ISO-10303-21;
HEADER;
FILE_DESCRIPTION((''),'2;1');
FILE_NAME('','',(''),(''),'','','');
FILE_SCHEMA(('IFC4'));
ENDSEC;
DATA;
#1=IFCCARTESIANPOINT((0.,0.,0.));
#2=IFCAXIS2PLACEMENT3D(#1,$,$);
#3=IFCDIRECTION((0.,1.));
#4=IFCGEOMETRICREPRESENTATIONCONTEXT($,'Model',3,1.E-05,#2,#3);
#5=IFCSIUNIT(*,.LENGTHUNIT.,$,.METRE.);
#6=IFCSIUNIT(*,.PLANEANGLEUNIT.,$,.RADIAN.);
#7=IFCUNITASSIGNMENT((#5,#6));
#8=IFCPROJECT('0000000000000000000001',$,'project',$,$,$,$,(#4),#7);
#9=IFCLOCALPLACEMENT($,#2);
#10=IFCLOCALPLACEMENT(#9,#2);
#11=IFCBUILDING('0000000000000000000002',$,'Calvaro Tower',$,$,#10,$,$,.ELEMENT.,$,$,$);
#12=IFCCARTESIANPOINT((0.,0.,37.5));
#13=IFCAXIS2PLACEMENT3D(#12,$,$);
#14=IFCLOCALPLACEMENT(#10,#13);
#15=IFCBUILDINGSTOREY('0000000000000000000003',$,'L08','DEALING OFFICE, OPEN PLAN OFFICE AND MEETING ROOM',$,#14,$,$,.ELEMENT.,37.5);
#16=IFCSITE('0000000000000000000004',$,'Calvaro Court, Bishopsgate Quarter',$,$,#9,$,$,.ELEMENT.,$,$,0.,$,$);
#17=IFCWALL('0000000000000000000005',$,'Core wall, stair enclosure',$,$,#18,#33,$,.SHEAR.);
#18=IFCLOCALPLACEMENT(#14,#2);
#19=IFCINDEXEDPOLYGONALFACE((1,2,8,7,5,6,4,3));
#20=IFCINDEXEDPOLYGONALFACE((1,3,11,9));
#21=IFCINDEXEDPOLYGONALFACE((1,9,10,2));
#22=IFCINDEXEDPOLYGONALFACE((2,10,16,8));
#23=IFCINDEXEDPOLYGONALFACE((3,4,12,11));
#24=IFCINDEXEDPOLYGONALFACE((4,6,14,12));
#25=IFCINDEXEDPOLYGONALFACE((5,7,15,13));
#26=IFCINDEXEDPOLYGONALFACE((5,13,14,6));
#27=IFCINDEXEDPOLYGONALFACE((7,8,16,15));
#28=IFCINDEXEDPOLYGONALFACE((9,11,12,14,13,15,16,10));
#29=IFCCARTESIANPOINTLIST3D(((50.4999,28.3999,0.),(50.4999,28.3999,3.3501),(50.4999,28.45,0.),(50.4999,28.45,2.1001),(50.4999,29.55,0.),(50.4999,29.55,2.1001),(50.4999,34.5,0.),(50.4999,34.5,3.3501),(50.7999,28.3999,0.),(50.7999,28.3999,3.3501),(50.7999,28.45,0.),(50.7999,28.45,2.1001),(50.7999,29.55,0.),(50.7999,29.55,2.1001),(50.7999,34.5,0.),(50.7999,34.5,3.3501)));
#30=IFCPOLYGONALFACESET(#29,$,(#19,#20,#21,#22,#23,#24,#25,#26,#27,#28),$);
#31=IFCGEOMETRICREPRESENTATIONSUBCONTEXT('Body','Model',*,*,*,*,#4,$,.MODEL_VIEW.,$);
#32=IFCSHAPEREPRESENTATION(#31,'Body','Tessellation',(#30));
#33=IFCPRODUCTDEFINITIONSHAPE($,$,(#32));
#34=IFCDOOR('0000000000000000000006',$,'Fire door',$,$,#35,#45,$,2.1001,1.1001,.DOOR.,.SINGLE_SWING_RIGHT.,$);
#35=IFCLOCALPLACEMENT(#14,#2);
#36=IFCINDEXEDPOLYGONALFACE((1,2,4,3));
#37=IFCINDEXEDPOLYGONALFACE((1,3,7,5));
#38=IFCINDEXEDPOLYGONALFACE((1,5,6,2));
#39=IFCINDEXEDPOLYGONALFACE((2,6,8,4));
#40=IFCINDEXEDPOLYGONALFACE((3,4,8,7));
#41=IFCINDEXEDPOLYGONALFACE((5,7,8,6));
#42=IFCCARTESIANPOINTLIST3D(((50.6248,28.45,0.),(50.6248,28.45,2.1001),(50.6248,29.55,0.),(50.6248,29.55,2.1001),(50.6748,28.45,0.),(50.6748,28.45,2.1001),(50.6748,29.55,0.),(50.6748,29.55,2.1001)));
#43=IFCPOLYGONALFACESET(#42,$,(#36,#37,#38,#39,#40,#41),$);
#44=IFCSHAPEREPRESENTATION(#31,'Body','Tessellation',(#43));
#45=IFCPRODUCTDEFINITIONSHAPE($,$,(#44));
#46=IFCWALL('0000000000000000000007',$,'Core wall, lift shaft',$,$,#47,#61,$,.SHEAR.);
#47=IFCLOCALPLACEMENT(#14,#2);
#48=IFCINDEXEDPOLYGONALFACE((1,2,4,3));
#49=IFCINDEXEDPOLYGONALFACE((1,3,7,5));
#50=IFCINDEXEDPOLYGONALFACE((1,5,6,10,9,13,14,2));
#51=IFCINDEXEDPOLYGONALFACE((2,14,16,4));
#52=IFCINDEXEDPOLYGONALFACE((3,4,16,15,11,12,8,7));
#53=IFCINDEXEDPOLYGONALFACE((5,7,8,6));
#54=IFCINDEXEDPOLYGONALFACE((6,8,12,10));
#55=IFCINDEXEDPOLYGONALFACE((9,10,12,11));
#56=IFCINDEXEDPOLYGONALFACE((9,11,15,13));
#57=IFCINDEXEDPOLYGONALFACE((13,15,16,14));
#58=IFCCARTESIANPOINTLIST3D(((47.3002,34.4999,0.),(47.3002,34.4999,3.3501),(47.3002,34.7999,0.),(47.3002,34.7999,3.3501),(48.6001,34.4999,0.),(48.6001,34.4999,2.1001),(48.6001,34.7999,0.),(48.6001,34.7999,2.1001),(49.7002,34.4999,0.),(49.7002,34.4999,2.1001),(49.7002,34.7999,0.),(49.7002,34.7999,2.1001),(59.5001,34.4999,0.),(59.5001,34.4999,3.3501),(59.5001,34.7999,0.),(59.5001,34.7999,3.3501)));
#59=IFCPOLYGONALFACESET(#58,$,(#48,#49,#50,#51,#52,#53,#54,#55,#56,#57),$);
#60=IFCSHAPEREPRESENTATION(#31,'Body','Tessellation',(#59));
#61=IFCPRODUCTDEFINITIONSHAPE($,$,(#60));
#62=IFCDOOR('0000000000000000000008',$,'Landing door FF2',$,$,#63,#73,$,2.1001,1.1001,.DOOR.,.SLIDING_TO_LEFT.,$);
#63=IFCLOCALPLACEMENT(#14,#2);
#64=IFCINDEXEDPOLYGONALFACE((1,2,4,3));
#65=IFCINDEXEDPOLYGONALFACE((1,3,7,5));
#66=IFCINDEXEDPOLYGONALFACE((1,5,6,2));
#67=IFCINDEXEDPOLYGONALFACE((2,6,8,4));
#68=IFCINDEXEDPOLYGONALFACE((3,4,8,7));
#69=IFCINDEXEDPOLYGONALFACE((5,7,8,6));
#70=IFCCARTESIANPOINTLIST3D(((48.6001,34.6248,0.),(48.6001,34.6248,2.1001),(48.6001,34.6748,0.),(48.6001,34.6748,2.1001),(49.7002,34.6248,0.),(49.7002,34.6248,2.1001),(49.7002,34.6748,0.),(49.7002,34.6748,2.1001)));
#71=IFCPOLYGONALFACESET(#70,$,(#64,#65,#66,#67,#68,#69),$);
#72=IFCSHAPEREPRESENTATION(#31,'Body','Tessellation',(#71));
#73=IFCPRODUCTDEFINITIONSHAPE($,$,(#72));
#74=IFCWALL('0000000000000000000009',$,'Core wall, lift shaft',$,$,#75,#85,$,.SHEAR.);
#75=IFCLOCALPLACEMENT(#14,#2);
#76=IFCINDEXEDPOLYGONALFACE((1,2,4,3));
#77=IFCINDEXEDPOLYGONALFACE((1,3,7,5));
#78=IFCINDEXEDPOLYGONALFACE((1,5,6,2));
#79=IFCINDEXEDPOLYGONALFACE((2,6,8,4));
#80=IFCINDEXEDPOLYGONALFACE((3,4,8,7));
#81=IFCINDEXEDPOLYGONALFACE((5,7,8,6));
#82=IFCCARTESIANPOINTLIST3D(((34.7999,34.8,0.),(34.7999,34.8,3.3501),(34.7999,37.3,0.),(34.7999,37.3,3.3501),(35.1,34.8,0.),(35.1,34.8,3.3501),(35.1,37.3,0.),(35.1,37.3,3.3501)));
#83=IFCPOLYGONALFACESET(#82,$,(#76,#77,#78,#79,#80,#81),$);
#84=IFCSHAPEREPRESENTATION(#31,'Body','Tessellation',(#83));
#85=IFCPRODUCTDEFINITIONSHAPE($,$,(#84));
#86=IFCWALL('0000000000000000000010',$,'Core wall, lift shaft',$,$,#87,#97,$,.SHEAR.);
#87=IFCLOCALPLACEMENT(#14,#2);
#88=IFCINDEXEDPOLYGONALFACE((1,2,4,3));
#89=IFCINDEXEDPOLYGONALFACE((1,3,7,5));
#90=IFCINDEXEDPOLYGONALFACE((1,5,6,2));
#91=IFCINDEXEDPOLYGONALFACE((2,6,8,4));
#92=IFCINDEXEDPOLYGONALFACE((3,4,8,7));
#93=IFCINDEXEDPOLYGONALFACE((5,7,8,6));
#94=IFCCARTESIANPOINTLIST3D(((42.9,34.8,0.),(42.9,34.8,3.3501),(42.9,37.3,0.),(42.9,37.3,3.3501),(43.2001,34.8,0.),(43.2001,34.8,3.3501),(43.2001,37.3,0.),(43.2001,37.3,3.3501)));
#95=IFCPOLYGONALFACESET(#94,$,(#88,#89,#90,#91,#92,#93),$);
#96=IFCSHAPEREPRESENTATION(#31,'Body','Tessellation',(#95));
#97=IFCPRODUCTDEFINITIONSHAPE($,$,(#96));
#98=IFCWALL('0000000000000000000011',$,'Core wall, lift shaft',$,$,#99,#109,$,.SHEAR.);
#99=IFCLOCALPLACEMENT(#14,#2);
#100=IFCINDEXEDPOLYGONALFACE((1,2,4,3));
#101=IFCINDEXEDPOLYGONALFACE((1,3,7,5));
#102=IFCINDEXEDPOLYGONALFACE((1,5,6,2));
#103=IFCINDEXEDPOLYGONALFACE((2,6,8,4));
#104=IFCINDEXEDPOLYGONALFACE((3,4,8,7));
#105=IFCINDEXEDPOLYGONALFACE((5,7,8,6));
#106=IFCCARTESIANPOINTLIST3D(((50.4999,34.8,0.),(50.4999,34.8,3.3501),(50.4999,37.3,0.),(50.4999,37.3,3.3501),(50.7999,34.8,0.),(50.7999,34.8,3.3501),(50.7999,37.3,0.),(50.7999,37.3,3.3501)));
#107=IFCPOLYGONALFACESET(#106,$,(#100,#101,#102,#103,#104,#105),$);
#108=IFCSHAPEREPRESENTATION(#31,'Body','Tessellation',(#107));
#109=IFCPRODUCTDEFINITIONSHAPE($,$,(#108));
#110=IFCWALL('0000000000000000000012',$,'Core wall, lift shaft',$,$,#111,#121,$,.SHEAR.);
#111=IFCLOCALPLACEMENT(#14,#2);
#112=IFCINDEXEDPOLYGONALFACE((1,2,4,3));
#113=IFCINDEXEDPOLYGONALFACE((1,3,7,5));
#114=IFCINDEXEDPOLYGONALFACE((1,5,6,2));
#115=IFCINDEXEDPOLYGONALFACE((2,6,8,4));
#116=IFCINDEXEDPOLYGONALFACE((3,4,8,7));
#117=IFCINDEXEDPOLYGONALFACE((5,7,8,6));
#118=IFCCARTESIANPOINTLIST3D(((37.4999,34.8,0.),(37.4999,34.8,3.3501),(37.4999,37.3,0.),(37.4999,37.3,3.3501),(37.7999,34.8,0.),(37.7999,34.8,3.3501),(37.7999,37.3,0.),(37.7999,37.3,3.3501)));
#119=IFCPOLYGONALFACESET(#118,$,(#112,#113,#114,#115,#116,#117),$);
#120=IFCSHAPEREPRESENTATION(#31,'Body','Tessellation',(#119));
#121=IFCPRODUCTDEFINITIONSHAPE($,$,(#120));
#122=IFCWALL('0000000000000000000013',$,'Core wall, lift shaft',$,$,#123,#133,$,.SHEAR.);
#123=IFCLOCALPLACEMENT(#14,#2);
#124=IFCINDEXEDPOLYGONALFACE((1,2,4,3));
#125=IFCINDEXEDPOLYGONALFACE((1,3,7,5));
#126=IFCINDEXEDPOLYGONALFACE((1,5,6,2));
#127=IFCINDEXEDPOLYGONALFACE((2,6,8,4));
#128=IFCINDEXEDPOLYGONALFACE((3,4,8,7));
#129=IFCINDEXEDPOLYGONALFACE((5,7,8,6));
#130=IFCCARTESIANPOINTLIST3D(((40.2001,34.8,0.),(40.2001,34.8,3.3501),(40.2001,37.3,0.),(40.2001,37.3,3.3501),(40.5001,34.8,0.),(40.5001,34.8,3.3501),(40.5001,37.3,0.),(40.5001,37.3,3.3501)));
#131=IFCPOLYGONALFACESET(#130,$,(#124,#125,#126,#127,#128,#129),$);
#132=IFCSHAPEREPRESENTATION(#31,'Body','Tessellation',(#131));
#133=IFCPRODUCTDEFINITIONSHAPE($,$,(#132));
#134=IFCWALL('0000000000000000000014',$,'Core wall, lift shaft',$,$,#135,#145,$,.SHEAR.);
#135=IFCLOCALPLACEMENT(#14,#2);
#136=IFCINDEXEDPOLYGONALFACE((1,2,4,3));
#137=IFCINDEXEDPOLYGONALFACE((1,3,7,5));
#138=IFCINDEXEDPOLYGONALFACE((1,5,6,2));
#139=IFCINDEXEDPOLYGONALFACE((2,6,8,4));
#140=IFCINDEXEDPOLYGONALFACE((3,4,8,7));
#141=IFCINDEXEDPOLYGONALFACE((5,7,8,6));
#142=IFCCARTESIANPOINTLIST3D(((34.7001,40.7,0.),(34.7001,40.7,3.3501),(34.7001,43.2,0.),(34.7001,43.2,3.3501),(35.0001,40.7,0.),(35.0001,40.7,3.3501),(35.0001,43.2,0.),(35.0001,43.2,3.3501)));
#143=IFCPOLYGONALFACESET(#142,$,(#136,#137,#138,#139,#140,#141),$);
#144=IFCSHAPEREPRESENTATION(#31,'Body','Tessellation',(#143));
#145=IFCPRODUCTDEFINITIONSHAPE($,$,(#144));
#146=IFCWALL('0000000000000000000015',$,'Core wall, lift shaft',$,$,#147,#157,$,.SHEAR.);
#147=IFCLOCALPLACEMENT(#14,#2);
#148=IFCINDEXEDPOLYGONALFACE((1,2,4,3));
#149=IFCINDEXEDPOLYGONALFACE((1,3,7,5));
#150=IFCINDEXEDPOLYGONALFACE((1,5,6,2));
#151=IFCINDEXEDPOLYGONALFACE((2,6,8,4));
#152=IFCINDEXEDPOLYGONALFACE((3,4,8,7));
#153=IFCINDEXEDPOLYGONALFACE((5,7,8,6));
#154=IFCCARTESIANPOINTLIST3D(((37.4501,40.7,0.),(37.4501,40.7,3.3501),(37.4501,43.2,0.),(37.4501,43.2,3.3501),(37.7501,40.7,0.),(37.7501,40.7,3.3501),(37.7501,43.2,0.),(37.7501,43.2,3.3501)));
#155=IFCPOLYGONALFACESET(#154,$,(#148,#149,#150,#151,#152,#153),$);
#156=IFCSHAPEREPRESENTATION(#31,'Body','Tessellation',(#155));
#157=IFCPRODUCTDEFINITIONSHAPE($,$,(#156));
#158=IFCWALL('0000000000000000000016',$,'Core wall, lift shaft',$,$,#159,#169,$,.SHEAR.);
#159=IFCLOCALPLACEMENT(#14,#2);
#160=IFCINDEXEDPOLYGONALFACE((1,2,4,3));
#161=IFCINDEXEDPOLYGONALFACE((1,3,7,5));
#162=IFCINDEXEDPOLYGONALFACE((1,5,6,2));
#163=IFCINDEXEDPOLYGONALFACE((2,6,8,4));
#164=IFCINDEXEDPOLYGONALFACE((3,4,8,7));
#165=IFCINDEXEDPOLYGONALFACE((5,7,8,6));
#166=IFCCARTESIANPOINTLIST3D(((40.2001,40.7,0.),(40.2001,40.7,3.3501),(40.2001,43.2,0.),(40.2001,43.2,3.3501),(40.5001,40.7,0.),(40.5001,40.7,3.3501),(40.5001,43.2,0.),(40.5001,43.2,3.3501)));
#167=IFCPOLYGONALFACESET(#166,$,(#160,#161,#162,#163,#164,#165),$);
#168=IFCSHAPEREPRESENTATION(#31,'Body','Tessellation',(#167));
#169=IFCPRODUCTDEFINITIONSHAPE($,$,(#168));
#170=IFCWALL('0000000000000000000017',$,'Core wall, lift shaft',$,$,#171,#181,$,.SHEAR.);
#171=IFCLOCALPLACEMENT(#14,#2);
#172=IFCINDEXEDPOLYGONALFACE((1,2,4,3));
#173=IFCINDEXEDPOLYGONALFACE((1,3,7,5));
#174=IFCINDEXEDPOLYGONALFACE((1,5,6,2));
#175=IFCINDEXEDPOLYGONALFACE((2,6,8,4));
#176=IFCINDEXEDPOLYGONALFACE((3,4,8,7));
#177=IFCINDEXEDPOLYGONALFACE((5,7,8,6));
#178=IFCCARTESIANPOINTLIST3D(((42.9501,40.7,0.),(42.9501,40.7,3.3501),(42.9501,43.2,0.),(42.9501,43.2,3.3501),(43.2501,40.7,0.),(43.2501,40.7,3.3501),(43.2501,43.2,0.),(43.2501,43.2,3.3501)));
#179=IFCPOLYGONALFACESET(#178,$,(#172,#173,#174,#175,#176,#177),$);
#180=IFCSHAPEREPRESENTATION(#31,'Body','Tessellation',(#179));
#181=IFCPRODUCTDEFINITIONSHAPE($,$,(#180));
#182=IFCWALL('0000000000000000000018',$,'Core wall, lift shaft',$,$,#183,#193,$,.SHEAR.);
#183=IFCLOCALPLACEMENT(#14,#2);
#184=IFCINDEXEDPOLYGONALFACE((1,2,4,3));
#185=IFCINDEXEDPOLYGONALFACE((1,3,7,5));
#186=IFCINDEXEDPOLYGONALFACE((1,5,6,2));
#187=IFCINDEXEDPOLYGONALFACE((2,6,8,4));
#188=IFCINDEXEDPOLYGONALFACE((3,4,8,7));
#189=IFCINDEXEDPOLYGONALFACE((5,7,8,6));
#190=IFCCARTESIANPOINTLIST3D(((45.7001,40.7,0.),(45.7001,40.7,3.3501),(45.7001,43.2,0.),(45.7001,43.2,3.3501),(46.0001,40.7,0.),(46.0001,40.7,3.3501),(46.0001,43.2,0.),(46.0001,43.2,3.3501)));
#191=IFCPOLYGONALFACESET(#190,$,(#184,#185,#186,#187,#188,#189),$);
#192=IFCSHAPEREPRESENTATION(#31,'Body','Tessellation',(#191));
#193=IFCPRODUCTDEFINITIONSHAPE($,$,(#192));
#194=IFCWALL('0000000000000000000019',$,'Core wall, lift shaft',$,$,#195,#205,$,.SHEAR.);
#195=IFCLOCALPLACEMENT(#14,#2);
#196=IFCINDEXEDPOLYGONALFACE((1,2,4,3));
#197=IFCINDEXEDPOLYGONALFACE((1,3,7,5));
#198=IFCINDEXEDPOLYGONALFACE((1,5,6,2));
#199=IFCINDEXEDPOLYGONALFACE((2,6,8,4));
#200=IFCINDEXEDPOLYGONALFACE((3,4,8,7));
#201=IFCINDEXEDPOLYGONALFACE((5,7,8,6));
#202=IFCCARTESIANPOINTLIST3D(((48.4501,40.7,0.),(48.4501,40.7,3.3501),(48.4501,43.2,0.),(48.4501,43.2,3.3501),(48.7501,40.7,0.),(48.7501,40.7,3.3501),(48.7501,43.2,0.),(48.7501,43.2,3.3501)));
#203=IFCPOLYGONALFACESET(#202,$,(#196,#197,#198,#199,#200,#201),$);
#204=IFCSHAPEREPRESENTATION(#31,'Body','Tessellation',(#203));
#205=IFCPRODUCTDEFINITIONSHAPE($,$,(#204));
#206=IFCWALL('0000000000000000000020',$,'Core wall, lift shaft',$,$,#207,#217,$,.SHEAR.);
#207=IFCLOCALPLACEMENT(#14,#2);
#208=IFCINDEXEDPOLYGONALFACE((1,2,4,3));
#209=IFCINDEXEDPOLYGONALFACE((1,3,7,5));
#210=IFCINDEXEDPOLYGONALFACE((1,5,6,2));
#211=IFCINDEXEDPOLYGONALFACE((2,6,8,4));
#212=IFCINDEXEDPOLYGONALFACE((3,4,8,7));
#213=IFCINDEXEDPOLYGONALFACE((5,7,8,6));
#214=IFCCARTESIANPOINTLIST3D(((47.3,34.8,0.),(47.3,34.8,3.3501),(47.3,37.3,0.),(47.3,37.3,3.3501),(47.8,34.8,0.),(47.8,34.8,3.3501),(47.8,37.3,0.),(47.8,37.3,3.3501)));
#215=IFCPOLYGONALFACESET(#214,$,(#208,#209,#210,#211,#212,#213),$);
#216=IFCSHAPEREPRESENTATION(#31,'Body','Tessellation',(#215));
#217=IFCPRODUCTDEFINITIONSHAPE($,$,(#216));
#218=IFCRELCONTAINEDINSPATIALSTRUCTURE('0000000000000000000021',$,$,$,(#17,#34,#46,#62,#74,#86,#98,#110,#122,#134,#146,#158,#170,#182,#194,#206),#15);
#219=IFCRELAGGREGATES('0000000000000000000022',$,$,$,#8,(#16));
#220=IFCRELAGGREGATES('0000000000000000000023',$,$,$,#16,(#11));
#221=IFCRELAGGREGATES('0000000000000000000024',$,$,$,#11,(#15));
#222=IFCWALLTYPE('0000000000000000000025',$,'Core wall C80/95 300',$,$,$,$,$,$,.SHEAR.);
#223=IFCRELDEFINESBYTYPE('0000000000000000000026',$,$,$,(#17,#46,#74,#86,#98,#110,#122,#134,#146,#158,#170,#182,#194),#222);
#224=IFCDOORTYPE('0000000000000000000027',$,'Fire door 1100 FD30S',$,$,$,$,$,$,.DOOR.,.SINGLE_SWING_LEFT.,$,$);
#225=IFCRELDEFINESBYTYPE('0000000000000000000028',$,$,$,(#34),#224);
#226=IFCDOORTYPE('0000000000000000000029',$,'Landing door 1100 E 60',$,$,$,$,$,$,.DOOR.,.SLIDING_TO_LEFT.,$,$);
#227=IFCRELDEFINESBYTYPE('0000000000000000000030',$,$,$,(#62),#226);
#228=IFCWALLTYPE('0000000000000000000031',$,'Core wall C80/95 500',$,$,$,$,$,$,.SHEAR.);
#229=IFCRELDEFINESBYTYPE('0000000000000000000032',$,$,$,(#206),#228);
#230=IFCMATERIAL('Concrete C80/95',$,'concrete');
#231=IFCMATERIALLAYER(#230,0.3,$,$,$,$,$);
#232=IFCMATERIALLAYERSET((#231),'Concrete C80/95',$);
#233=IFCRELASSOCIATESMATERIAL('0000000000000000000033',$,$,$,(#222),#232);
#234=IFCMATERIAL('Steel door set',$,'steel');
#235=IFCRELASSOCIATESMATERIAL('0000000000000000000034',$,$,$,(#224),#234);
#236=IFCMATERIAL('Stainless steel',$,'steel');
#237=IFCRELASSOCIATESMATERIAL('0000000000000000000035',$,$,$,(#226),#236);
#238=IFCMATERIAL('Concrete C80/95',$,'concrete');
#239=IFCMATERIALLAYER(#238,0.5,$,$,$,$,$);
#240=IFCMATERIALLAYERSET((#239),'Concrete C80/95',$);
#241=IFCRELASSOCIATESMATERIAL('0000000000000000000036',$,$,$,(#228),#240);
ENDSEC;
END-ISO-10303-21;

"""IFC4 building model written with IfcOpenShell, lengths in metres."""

from ifc_helpers import new_model, si_unit, direction, frame, frame_2d, origin, place, context, subcontext, project, spatial, rectangle, extrude, material, layer, layer_set, type_object, element, fill, save


model = new_model("IFC4")

# Units and contexts
model_context = context("Model", 3, precision=1e-05, world=origin(), true_north=direction((0.0, 1.0)))
body_context = subcontext(model_context, "Body", "Model", "MODEL_VIEW")
ifc_project = project(units=[si_unit("LENGTHUNIT", "METRE"), si_unit("PLANEANGLEUNIT", "RADIAN")], contexts=[model_context])

# Site, building, storey
site_placement = place(None, origin())
site = spatial("IfcSite", under=ifc_project, at=site_placement, Name="Calvaro Court, Bishopsgate Quarter", CompositionType="ELEMENT", RefElevation=0.0)
building_placement = place(site_placement, origin())
building = spatial("IfcBuilding", under=site, at=building_placement, Name="Calvaro Tower", CompositionType="ELEMENT")
storey_placement = place(building_placement, frame((0.0, 0.0, 37.5)))
storey = spatial("IfcBuildingStorey", under=building, at=storey_placement, Name="L08", Description="DEALING OFFICE, OPEN PLAN OFFICE AND MEETING ROOM", CompositionType="ELEMENT", Elevation=37.5)

# Walls, openings, doors
ifc_material_1 = material(Name="Concrete C80/95", Category="concrete")
ifc_layer_1 = layer(ifc_material_1, 0.3)
ifc_layer_set_1 = layer_set([ifc_layer_1], Name="Concrete C80/95")
wall_type_1 = type_object("IfcWallType", Name="Core wall C80/95 300", PredefinedType="SHEAR", material=ifc_layer_set_1)
wall_1_placement = place(storey_placement, frame((50.6499, 34.5, 0.0), z_axis=(0.0, 0.0, 1.0), x_axis=(0.0, -1.0, 0.0)))
wall_1 = element("IfcWall", 1, at=wall_1_placement, inside=storey, type_object=wall_type_1, Name="Core wall, stair enclosure", PredefinedType="SHEAR", context=body_context, shape_type="SweptSolid", body=[
    extrude(rectangle(XDim=6.1001, YDim=0.3, at=frame_2d((3.05, 0.0))), origin(), (0.0, 0.0, 1.0), 3.3501),
])
opening_1_placement = place(wall_1_placement, frame((4.95, 0.0, 0.0)))
opening_1 = element("IfcOpeningElement", 2, at=opening_1_placement, cuts=wall_1, PredefinedType="OPENING", context=body_context, shape_type="SweptSolid", body=[
    extrude(rectangle(XDim=1.1001, YDim=2.1001, at=frame_2d((0.55, 1.05))), frame((0.0, 0.1599, 0.0), z_axis=(0.0, -1.0, 0.0), x_axis=(1.0, 0.0, 0.0)), (0.0, 0.0, 1.0), 0.3201),
])
ifc_material_2 = material(Name="Steel door set", Category="steel")
door_type_1 = type_object("IfcDoorType", Name="Fire door 1100 FD30S", OperationType="SINGLE_SWING_LEFT", PredefinedType="DOOR", material=ifc_material_2)
door_1_placement = place(opening_1_placement, origin())
door_1 = element("IfcDoor", 3, at=door_1_placement, inside=storey, type_object=door_type_1, Name="Fire door", OperationType="SINGLE_SWING_RIGHT", OverallHeight=2.1001, OverallWidth=1.1001, PredefinedType="DOOR", context=body_context, shape_type="SweptSolid", body=[
    extrude(rectangle(XDim=1.1001, YDim=2.1001, at=frame_2d((0.55, 1.05))), frame((0.0, 0.0249, 0.0), z_axis=(0.0, -1.0, 0.0), x_axis=(1.0, 0.0, 0.0)), (0.0, 0.0, 1.0), 0.05),
])
fill(opening_1, door_1)
wall_2_placement = place(storey_placement, frame((47.3, 34.6499, 0.0), z_axis=(0.0, 0.0, 1.0), x_axis=(1.0, 0.0, 0.0)))
wall_2 = element("IfcWall", 4, at=wall_2_placement, inside=storey, type_object=wall_type_1, Name="Core wall, lift shaft", PredefinedType="SHEAR", context=body_context, shape_type="SweptSolid", body=[
    extrude(rectangle(XDim=12.2, YDim=0.3, at=frame_2d((6.1001, 0.0))), origin(), (0.0, 0.0, 1.0), 3.3501),
])
opening_2_placement = place(wall_2_placement, frame((1.3, 0.0, 0.0)))
opening_2 = element("IfcOpeningElement", 5, at=opening_2_placement, cuts=wall_2, PredefinedType="OPENING", context=body_context, shape_type="SweptSolid", body=[
    extrude(rectangle(XDim=1.1001, YDim=2.1001, at=frame_2d((0.55, 1.05))), frame((0.0, 0.1599, 0.0), z_axis=(0.0, -1.0, 0.0), x_axis=(1.0, 0.0, 0.0)), (0.0, 0.0, 1.0), 0.3201),
])
ifc_material_3 = material(Name="Stainless steel", Category="steel")
door_type_2 = type_object("IfcDoorType", Name="Landing door 1100 E 60", OperationType="SLIDING_TO_LEFT", PredefinedType="DOOR", material=ifc_material_3)
door_2_placement = place(opening_2_placement, origin())
door_2 = element("IfcDoor", 6, at=door_2_placement, inside=storey, type_object=door_type_2, Name="Landing door FF2", OperationType="SLIDING_TO_LEFT", OverallHeight=2.1001, OverallWidth=1.1001, PredefinedType="DOOR", context=body_context, shape_type="SweptSolid", body=[
    extrude(rectangle(XDim=1.1001, YDim=2.1001, at=frame_2d((0.55, 1.05))), frame((0.0, 0.0249, 0.0), z_axis=(0.0, -1.0, 0.0), x_axis=(1.0, 0.0, 0.0)), (0.0, 0.0, 1.0), 0.05),
])
fill(opening_2, door_2)

# Walls
for number, where, z_axis, x_axis, name in (
    (7, (34.95, 34.8, 0.0), (0.0, 0.0, 1.0), (0.0, 1.0, 0.0), "Core wall, lift shaft"),
    (8, (43.05, 34.8, 0.0), (0.0, 0.0, 1.0), (0.0, 1.0, 0.0), "Core wall, lift shaft"),
    (9, (50.6499, 34.8, 0.0), (0.0, 0.0, 1.0), (0.0, 1.0, 0.0), "Core wall, lift shaft"),
    (10, (37.6499, 34.8, 0.0), (0.0, 0.0, 1.0), (0.0, 1.0, 0.0), "Core wall, lift shaft"),
    (11, (40.3501, 34.8, 0.0), (0.0, 0.0, 1.0), (0.0, 1.0, 0.0), "Core wall, lift shaft"),
    (12, (34.8501, 40.7, 0.0), (0.0, 0.0, 1.0), (0.0, 1.0, 0.0), "Core wall, lift shaft"),
    (13, (37.6001, 40.7, 0.0), (0.0, 0.0, 1.0), (0.0, 1.0, 0.0), "Core wall, lift shaft"),
    (14, (40.3501, 40.7, 0.0), (0.0, 0.0, 1.0), (0.0, 1.0, 0.0), "Core wall, lift shaft"),
    (15, (43.1001, 40.7, 0.0), (0.0, 0.0, 1.0), (0.0, 1.0, 0.0), "Core wall, lift shaft"),
    (16, (45.8501, 40.7, 0.0), (0.0, 0.0, 1.0), (0.0, 1.0, 0.0), "Core wall, lift shaft"),
    (17, (48.6001, 40.7, 0.0), (0.0, 0.0, 1.0), (0.0, 1.0, 0.0), "Core wall, lift shaft"),
):
    element("IfcWall", number, at=place(storey_placement, frame(where, z_axis=z_axis, x_axis=x_axis)), inside=storey, type_object=wall_type_1, Name=name, PredefinedType="SHEAR", context=body_context, shape_type="SweptSolid", body=[
        extrude(rectangle(XDim=2.5, YDim=0.3, at=frame_2d((1.25, 0.0))), origin(), (0.0, 0.0, 1.0), 3.3501),
    ])
ifc_material_4 = material(Name="Concrete C80/95", Category="concrete")
ifc_layer_2 = layer(ifc_material_4, 0.5)
ifc_layer_set_2 = layer_set([ifc_layer_2], Name="Concrete C80/95")
wall_type_2 = type_object("IfcWallType", Name="Core wall C80/95 500", PredefinedType="SHEAR", material=ifc_layer_set_2)
wall_3_placement = place(storey_placement, frame((47.55, 34.8, 0.0), z_axis=(0.0, 0.0, 1.0), x_axis=(0.0, 1.0, 0.0)))
element("IfcWall", 18, at=wall_3_placement, inside=storey, type_object=wall_type_2, Name="Core wall, lift shaft", PredefinedType="SHEAR", context=body_context, shape_type="SweptSolid", body=[
    extrude(rectangle(XDim=2.5, YDim=0.5, at=frame_2d((1.25, 0.0))), origin(), (0.0, 0.0, 1.0), 3.3501),
])

save(model, "model.ifc")
